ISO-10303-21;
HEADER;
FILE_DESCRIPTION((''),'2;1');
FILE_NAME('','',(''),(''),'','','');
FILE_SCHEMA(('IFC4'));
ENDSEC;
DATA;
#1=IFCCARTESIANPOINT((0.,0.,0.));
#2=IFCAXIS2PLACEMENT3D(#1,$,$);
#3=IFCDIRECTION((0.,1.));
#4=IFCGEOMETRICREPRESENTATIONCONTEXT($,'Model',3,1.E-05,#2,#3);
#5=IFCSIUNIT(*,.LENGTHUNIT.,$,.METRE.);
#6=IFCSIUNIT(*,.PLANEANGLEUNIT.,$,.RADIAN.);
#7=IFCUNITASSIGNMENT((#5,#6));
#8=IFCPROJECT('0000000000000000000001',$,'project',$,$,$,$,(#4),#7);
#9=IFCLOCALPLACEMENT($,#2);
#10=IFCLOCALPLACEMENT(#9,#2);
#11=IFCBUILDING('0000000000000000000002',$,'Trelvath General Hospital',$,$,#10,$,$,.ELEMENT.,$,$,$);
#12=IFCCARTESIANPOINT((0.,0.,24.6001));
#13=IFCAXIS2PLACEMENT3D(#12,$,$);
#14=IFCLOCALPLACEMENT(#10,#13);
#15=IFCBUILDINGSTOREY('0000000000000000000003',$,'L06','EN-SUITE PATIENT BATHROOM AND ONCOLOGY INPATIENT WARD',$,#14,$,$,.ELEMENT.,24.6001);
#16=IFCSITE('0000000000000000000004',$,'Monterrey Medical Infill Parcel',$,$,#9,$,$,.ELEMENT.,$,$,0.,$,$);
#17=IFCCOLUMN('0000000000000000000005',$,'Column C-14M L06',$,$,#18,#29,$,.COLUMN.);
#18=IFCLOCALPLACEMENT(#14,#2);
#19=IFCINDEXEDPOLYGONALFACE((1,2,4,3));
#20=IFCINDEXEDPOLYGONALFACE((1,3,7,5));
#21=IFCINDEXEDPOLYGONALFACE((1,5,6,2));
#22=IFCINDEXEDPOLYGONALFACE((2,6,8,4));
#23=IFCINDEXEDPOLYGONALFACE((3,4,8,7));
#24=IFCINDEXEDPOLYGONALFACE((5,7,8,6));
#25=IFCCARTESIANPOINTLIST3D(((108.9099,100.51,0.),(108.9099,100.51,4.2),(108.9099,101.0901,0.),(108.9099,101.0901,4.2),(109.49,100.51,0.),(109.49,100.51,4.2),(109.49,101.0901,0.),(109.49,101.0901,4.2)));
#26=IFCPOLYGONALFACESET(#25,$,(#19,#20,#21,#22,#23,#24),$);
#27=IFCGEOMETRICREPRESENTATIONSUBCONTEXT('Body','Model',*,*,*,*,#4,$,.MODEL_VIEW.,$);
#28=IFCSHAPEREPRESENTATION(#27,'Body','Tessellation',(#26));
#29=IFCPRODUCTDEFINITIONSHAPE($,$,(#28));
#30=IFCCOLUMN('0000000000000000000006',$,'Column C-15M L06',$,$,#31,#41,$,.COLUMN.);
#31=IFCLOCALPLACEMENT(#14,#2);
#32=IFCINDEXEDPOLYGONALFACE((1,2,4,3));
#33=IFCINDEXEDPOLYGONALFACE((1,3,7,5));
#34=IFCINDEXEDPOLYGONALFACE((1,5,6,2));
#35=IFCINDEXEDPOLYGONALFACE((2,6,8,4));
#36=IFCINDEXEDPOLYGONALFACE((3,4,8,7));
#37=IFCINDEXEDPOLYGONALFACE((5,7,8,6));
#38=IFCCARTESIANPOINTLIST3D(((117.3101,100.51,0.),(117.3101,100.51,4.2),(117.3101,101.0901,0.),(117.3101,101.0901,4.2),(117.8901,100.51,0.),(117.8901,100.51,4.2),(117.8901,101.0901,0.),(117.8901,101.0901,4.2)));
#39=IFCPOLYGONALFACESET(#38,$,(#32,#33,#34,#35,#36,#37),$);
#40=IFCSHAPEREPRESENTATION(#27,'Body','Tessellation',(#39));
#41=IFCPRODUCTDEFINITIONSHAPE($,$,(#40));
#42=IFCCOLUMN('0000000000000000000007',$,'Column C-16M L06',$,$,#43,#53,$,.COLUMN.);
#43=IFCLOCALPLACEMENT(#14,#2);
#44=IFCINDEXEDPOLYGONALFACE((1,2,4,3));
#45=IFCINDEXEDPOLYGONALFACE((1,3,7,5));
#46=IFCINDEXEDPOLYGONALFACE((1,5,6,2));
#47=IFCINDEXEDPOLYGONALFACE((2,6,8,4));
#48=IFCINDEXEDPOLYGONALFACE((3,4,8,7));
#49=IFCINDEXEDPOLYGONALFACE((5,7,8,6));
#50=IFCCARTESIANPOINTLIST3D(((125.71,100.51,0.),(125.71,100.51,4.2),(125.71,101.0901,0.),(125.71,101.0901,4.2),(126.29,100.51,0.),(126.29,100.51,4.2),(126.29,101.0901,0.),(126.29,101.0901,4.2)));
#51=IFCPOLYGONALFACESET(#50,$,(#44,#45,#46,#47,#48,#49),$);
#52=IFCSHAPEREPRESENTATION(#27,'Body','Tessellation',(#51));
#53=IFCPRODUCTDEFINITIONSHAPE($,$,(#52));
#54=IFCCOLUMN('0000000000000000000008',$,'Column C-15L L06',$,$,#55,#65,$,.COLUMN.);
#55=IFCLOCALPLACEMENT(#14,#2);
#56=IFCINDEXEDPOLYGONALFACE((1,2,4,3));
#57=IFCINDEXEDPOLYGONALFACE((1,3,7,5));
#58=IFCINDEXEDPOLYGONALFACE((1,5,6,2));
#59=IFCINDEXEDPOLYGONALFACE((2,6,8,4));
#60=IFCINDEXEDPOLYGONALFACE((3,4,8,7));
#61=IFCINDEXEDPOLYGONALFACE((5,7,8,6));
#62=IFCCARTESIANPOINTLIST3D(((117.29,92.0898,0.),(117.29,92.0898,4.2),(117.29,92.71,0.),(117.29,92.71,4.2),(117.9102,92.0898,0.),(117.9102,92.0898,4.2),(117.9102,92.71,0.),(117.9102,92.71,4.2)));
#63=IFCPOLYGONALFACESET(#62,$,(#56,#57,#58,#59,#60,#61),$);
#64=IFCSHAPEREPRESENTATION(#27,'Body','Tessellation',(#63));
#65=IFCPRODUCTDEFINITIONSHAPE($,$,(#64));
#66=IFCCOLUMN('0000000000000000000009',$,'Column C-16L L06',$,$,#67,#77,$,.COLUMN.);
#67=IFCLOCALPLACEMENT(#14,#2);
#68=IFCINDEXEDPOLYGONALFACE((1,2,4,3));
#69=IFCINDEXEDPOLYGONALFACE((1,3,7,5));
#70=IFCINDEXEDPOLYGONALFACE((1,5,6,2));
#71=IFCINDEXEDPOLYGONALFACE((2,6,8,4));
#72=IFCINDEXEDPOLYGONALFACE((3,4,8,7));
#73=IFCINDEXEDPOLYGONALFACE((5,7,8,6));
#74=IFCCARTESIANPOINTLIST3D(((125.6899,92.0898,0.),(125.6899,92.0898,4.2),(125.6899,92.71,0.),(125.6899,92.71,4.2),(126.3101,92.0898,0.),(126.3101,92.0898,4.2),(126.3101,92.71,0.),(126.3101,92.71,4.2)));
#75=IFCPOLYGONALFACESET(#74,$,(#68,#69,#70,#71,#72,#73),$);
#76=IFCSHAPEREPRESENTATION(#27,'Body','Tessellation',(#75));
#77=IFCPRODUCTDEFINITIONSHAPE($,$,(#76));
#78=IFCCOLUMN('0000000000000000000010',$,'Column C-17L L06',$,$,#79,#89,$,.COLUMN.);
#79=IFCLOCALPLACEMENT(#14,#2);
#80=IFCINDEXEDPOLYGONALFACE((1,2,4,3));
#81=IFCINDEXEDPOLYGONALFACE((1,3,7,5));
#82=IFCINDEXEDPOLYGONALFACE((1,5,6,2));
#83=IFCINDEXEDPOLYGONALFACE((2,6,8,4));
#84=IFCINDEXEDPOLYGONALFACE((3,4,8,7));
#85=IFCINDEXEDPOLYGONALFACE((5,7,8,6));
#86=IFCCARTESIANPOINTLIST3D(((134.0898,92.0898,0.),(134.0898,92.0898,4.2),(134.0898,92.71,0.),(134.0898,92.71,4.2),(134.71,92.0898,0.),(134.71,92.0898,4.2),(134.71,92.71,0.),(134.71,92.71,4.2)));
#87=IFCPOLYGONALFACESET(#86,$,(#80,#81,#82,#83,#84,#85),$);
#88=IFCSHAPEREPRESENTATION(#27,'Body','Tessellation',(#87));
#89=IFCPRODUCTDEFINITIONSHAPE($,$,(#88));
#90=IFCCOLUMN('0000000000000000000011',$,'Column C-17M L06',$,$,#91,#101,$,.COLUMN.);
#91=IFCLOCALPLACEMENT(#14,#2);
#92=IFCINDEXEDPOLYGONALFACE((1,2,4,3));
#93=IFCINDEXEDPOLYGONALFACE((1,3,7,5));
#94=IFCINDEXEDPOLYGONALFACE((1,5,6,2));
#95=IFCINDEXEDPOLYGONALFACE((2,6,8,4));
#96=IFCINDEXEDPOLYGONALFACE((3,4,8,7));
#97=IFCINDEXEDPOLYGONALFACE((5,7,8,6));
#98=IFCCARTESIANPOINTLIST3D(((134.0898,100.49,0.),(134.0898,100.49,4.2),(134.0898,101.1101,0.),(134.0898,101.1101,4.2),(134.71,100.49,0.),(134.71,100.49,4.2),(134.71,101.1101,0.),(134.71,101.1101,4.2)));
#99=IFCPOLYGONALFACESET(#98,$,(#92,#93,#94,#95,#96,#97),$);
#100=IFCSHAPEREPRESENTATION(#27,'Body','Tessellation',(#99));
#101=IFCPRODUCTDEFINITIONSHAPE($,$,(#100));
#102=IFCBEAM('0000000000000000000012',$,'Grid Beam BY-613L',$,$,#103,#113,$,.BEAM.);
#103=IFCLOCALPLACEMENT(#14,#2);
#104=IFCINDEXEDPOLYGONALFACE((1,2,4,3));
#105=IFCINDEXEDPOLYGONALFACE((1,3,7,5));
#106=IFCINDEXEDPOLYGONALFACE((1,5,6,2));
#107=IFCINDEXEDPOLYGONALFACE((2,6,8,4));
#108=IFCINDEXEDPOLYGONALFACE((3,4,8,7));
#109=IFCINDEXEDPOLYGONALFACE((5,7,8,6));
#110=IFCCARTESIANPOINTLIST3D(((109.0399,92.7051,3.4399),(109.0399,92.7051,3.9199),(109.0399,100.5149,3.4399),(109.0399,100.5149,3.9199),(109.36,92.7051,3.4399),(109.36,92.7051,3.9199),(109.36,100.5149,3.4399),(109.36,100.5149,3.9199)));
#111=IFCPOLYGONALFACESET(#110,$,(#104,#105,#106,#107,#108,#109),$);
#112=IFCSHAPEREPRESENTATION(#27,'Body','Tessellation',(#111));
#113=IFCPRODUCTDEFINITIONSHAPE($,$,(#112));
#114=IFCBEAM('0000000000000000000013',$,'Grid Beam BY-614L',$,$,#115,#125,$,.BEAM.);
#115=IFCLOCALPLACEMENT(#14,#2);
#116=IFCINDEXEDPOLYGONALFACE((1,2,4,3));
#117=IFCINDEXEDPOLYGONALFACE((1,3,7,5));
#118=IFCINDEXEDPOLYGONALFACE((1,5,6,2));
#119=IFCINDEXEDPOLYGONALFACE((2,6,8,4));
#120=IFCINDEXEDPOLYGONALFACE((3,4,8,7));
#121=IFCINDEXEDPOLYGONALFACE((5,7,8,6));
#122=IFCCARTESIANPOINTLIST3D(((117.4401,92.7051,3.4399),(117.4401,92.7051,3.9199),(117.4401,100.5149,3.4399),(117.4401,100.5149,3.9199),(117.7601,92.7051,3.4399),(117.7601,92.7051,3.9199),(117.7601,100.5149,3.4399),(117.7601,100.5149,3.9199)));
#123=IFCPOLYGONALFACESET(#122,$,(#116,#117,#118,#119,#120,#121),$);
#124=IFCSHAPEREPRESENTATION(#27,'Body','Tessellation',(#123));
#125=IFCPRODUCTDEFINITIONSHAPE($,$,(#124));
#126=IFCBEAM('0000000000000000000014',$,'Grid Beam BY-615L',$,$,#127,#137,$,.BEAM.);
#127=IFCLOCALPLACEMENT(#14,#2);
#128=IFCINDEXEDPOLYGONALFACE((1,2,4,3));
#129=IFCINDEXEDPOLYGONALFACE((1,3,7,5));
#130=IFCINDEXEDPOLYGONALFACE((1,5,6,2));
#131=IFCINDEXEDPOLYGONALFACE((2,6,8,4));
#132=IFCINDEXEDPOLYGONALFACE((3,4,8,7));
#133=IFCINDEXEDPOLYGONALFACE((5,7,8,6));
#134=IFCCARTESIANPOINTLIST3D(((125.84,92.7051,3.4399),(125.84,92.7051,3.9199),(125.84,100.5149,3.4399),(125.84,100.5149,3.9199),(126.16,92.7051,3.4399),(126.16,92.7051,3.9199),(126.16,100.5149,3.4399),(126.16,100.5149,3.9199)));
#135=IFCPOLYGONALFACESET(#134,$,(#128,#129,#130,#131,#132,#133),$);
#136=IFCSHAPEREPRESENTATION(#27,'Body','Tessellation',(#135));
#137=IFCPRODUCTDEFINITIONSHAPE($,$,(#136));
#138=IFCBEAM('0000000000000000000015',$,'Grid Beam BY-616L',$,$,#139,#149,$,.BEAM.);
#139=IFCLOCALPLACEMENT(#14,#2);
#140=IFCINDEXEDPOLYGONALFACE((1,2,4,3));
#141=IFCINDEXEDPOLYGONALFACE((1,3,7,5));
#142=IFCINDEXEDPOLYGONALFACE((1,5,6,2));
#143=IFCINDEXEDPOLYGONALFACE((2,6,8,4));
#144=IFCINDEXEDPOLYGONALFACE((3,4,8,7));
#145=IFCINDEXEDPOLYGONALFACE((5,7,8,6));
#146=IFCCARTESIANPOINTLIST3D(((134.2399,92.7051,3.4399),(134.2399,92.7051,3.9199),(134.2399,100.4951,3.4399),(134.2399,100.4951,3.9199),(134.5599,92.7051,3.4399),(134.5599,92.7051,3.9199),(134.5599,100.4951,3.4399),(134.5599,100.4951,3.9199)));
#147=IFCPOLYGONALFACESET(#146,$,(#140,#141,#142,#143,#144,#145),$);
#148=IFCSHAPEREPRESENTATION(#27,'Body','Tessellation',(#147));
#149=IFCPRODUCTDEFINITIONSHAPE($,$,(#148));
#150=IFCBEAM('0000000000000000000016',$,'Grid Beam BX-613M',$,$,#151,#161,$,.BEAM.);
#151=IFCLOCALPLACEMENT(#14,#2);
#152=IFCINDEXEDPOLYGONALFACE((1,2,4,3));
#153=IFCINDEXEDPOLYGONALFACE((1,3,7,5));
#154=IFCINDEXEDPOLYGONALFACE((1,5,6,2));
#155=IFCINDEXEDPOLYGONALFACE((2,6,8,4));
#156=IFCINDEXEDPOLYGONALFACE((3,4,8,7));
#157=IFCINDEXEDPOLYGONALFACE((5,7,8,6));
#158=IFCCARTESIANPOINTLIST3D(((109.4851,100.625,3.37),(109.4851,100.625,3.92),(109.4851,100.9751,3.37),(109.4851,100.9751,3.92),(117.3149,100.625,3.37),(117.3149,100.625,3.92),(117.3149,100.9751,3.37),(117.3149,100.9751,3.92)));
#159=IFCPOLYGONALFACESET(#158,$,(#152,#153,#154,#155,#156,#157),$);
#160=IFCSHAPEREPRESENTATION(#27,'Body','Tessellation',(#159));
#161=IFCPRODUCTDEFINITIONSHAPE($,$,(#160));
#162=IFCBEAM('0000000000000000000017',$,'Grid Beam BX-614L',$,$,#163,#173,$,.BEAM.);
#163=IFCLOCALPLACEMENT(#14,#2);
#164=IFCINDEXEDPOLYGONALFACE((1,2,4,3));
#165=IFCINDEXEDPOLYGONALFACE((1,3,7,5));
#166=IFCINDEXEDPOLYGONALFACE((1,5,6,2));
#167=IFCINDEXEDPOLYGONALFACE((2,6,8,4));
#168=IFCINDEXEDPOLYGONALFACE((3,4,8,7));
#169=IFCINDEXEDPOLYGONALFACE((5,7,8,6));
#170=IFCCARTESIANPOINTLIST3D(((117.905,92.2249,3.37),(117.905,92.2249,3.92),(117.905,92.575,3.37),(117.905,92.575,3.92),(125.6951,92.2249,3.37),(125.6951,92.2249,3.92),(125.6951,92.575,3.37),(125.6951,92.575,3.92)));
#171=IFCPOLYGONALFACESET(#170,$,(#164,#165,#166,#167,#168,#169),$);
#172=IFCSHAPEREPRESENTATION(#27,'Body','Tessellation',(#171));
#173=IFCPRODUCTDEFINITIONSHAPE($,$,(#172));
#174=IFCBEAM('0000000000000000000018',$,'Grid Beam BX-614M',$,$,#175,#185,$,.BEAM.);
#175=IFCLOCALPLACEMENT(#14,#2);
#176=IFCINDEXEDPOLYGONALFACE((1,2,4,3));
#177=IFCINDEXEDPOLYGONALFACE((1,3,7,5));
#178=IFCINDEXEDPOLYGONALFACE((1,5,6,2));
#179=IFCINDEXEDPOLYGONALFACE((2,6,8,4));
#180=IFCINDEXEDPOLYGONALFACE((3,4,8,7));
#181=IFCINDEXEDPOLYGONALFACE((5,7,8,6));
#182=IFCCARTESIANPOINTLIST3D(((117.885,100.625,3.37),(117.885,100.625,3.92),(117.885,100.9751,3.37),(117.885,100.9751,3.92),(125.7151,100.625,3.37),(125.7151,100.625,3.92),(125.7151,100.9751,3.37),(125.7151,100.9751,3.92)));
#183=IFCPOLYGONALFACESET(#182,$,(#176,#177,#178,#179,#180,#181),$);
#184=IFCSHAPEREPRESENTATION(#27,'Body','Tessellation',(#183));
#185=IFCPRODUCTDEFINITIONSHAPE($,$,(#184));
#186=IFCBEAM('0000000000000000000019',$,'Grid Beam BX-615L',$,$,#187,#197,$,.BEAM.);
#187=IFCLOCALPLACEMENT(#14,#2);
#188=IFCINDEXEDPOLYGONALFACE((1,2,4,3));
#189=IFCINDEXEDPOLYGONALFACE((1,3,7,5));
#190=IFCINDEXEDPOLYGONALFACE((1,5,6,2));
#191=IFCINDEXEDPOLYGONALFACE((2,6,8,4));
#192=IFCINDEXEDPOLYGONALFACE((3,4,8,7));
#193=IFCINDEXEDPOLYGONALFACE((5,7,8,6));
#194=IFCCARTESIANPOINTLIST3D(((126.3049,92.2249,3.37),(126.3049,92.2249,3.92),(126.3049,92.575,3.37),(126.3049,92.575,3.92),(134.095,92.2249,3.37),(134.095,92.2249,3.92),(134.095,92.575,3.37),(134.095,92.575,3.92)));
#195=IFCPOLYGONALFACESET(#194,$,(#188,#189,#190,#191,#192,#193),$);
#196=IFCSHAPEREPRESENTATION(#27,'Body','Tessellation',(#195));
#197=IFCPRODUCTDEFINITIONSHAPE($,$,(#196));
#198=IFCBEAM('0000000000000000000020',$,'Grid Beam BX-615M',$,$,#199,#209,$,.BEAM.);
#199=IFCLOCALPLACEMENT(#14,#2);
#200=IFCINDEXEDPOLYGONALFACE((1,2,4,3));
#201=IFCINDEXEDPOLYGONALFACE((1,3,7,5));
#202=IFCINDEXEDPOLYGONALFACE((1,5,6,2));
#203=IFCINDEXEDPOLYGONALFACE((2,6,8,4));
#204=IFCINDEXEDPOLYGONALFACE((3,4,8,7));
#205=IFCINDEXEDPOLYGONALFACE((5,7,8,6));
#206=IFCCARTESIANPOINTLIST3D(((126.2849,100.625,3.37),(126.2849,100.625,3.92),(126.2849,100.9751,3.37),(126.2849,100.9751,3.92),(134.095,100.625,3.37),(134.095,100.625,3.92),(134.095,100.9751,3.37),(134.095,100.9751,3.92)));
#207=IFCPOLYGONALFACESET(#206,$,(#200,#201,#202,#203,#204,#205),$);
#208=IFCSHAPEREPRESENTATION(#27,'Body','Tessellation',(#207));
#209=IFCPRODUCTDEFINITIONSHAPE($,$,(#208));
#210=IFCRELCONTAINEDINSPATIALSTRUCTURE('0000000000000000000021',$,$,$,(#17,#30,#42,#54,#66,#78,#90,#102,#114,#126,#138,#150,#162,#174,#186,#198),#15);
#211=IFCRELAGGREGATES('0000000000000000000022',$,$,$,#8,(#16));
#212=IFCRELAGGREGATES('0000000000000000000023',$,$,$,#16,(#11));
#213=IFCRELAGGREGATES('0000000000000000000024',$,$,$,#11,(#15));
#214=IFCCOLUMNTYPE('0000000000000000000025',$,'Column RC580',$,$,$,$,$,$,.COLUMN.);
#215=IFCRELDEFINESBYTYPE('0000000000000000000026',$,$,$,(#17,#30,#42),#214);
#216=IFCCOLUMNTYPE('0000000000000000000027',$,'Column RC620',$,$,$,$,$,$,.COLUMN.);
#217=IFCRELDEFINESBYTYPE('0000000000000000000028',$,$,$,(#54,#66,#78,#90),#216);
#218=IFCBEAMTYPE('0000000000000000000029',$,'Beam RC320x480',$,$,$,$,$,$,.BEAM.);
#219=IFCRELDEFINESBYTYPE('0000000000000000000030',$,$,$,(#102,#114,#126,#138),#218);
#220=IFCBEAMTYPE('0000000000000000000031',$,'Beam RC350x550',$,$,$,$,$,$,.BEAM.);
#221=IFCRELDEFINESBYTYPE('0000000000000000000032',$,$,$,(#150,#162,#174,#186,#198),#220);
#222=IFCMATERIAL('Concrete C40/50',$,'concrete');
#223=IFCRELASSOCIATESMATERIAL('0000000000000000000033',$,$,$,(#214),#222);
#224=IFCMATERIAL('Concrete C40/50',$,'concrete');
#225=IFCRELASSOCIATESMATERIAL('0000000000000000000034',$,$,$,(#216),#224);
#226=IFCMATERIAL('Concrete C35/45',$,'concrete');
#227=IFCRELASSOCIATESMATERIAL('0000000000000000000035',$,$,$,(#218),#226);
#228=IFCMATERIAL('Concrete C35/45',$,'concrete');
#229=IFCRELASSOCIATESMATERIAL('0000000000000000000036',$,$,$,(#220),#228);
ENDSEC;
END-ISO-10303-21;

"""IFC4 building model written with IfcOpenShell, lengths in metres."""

from ifc_helpers import new_model, si_unit, direction, frame, origin, origin_2d, place, context, subcontext, project, spatial, rectangle, extrude, material, material_profile, profile_set, type_object, element, save


model = new_model("IFC4")

# Units and contexts
model_context = context("Model", 3, precision=1e-05, world=origin(), true_north=direction((0.0, 1.0)))
body_context = subcontext(model_context, "Body", "Model", "MODEL_VIEW")
ifc_project = project(units=[si_unit("LENGTHUNIT", "METRE"), si_unit("PLANEANGLEUNIT", "RADIAN")], contexts=[model_context])

# Site, building, storey
site_placement = place(None, origin())
site = spatial("IfcSite", under=ifc_project, at=site_placement, Name="Monterrey Medical Infill Parcel", CompositionType="ELEMENT", RefElevation=0.0)
building_placement = place(site_placement, origin())
building = spatial("IfcBuilding", under=site, at=building_placement, Name="Trelvath General Hospital", CompositionType="ELEMENT")
storey_placement = place(building_placement, frame((0.0, 0.0, 24.6001)))
storey = spatial("IfcBuildingStorey", under=building, at=storey_placement, Name="L06", Description="EN-SUITE PATIENT BATHROOM AND ONCOLOGY INPATIENT WARD", CompositionType="ELEMENT", Elevation=24.6001)

# Columns
ifc_material_1 = material(Name="Concrete C40/50", Category="concrete")
ifc_material_profile_1 = material_profile(ifc_material_1, rectangle(XDim=0.5801, YDim=0.5801, at=origin_2d()), Name="RC580x580")
ifc_profile_set_1 = profile_set([ifc_material_profile_1], Name="Concrete C40/50")
column_type_1 = type_object("IfcColumnType", Name="Column RC580", PredefinedType="COLUMN", material=ifc_profile_set_1)
for number, where, z_axis, x_axis, name in (
    (1, (109.2, 100.8, 0.0), (0.0, 0.0, 1.0), (1.0, 0.0, 0.0), "Column C-14M L06"),
    (2, (117.6001, 100.8, 0.0), (0.0, 0.0, 1.0), (1.0, 0.0, 0.0), "Column C-15M L06"),
    (3, (126.0, 100.8, 0.0), (0.0, 0.0, 1.0), (1.0, 0.0, 0.0), "Column C-16M L06"),
):
    element("IfcColumn", number, at=place(storey_placement, frame(where, z_axis=z_axis, x_axis=x_axis)), inside=storey, type_object=column_type_1, Name=name, PredefinedType="COLUMN", context=body_context, shape_type="SweptSolid", body=[
        extrude(rectangle(XDim=0.5801, YDim=0.5801, at=origin_2d()), origin(), (0.0, 0.0, 1.0), 4.2),
    ])
ifc_material_2 = material(Name="Concrete C40/50", Category="concrete")
ifc_material_profile_2 = material_profile(ifc_material_2, rectangle(XDim=0.6201, YDim=0.6201, at=origin_2d()), Name="RC620x620")
ifc_profile_set_2 = profile_set([ifc_material_profile_2], Name="Concrete C40/50")
column_type_2 = type_object("IfcColumnType", Name="Column RC620", PredefinedType="COLUMN", material=ifc_profile_set_2)
for number, where, z_axis, x_axis, name in (
    (4, (117.6001, 92.3999, 0.0), (0.0, 0.0, 1.0), (1.0, 0.0, 0.0), "Column C-15L L06"),
    (5, (126.0, 92.3999, 0.0), (0.0, 0.0, 1.0), (1.0, 0.0, 0.0), "Column C-16L L06"),
    (6, (134.3999, 92.3999, 0.0), (0.0, 0.0, 1.0), (1.0, 0.0, 0.0), "Column C-17L L06"),
    (7, (134.3999, 100.8, 0.0), (0.0, 0.0, 1.0), (1.0, 0.0, 0.0), "Column C-17M L06"),
):
    element("IfcColumn", number, at=place(storey_placement, frame(where, z_axis=z_axis, x_axis=x_axis)), inside=storey, type_object=column_type_2, Name=name, PredefinedType="COLUMN", context=body_context, shape_type="SweptSolid", body=[
        extrude(rectangle(XDim=0.6201, YDim=0.6201, at=origin_2d()), origin(), (0.0, 0.0, 1.0), 4.2),
    ])

# Beams
ifc_material_3 = material(Name="Concrete C35/45", Category="concrete")
ifc_material_profile_3 = material_profile(ifc_material_3, rectangle(XDim=0.3201, YDim=0.48, at=origin_2d()), Name="RCB320x480")
ifc_profile_set_3 = profile_set([ifc_material_profile_3], Name="Concrete C35/45")
beam_type_1 = type_object("IfcBeamType", Name="Beam RC320x480", PredefinedType="BEAM", material=ifc_profile_set_3)
for number, where, z_axis, x_axis, name in (
    (8, (109.2, 92.7051, 3.6799), (0.0, 1.0, 0.0), (-1.0, 0.0, 0.0), "Grid Beam BY-613L"),
    (9, (117.6001, 92.7051, 3.6799), (0.0, 1.0, 0.0), (-1.0, 0.0, 0.0), "Grid Beam BY-614L"),
    (10, (126.0, 92.7051, 3.6799), (0.0, 1.0, 0.0), (-1.0, 0.0, 0.0), "Grid Beam BY-615L"),
):
    element("IfcBeam", number, at=place(storey_placement, frame(where, z_axis=z_axis, x_axis=x_axis)), inside=storey, type_object=beam_type_1, Name=name, PredefinedType="BEAM", context=body_context, shape_type="SweptSolid", body=[
        extrude(rectangle(XDim=0.3201, YDim=0.48, at=origin_2d()), origin(), (0.0, 0.0, 1.0), 7.8098),
    ])
beam_1_placement = place(storey_placement, frame((134.3999, 92.7051, 3.6799), z_axis=(0.0, 1.0, 0.0), x_axis=(-1.0, 0.0, 0.0)))
element("IfcBeam", 11, at=beam_1_placement, inside=storey, type_object=beam_type_1, Name="Grid Beam BY-616L", PredefinedType="BEAM", context=body_context, shape_type="SweptSolid", body=[
    extrude(rectangle(XDim=0.3201, YDim=0.48, at=origin_2d()), origin(), (0.0, 0.0, 1.0), 7.79),
])
ifc_material_4 = material(Name="Concrete C35/45", Category="concrete")
ifc_material_profile_4 = material_profile(ifc_material_4, rectangle(XDim=0.3501, YDim=0.55, at=origin_2d()), Name="RCB350x550")
ifc_profile_set_4 = profile_set([ifc_material_profile_4], Name="Concrete C35/45")
beam_type_2 = type_object("IfcBeamType", Name="Beam RC350x550", PredefinedType="BEAM", material=ifc_profile_set_4)
beam_2_placement = place(storey_placement, frame((109.4851, 100.8, 3.645), z_axis=(1.0, 0.0, 0.0), x_axis=(0.0, 1.0, 0.0)))
element("IfcBeam", 12, at=beam_2_placement, inside=storey, type_object=beam_type_2, Name="Grid Beam BX-613M", PredefinedType="BEAM", context=body_context, shape_type="SweptSolid", body=[
    extrude(rectangle(XDim=0.3501, YDim=0.55, at=origin_2d()), origin(), (0.0, 0.0, 1.0), 7.8298),
])
beam_3_placement = place(storey_placement, frame((117.905, 92.3999, 3.645), z_axis=(1.0, 0.0, 0.0), x_axis=(0.0, 1.0, 0.0)))
element("IfcBeam", 13, at=beam_3_placement, inside=storey, type_object=beam_type_2, Name="Grid Beam BX-614L", PredefinedType="BEAM", context=body_context, shape_type="SweptSolid", body=[
    extrude(rectangle(XDim=0.3501, YDim=0.55, at=origin_2d()), origin(), (0.0, 0.0, 1.0), 7.79),
])
beam_4_placement = place(storey_placement, frame((117.885, 100.8, 3.645), z_axis=(1.0, 0.0, 0.0), x_axis=(0.0, 1.0, 0.0)))
element("IfcBeam", 14, at=beam_4_placement, inside=storey, type_object=beam_type_2, Name="Grid Beam BX-614M", PredefinedType="BEAM", context=body_context, shape_type="SweptSolid", body=[
    extrude(rectangle(XDim=0.3501, YDim=0.55, at=origin_2d()), origin(), (0.0, 0.0, 1.0), 7.8301),
])
beam_5_placement = place(storey_placement, frame((126.3049, 92.3999, 3.645), z_axis=(1.0, 0.0, 0.0), x_axis=(0.0, 1.0, 0.0)))
element("IfcBeam", 15, at=beam_5_placement, inside=storey, type_object=beam_type_2, Name="Grid Beam BX-615L", PredefinedType="BEAM", context=body_context, shape_type="SweptSolid", body=[
    extrude(rectangle(XDim=0.3501, YDim=0.55, at=origin_2d()), origin(), (0.0, 0.0, 1.0), 7.79),
])
beam_6_placement = place(storey_placement, frame((126.2849, 100.8, 3.645), z_axis=(1.0, 0.0, 0.0), x_axis=(0.0, 1.0, 0.0)))
element("IfcBeam", 16, at=beam_6_placement, inside=storey, type_object=beam_type_2, Name="Grid Beam BX-615M", PredefinedType="BEAM", context=body_context, shape_type="SweptSolid", body=[
    extrude(rectangle(XDim=0.3501, YDim=0.55, at=origin_2d()), origin(), (0.0, 0.0, 1.0), 7.8101),
])

save(model, "model.ifc")
